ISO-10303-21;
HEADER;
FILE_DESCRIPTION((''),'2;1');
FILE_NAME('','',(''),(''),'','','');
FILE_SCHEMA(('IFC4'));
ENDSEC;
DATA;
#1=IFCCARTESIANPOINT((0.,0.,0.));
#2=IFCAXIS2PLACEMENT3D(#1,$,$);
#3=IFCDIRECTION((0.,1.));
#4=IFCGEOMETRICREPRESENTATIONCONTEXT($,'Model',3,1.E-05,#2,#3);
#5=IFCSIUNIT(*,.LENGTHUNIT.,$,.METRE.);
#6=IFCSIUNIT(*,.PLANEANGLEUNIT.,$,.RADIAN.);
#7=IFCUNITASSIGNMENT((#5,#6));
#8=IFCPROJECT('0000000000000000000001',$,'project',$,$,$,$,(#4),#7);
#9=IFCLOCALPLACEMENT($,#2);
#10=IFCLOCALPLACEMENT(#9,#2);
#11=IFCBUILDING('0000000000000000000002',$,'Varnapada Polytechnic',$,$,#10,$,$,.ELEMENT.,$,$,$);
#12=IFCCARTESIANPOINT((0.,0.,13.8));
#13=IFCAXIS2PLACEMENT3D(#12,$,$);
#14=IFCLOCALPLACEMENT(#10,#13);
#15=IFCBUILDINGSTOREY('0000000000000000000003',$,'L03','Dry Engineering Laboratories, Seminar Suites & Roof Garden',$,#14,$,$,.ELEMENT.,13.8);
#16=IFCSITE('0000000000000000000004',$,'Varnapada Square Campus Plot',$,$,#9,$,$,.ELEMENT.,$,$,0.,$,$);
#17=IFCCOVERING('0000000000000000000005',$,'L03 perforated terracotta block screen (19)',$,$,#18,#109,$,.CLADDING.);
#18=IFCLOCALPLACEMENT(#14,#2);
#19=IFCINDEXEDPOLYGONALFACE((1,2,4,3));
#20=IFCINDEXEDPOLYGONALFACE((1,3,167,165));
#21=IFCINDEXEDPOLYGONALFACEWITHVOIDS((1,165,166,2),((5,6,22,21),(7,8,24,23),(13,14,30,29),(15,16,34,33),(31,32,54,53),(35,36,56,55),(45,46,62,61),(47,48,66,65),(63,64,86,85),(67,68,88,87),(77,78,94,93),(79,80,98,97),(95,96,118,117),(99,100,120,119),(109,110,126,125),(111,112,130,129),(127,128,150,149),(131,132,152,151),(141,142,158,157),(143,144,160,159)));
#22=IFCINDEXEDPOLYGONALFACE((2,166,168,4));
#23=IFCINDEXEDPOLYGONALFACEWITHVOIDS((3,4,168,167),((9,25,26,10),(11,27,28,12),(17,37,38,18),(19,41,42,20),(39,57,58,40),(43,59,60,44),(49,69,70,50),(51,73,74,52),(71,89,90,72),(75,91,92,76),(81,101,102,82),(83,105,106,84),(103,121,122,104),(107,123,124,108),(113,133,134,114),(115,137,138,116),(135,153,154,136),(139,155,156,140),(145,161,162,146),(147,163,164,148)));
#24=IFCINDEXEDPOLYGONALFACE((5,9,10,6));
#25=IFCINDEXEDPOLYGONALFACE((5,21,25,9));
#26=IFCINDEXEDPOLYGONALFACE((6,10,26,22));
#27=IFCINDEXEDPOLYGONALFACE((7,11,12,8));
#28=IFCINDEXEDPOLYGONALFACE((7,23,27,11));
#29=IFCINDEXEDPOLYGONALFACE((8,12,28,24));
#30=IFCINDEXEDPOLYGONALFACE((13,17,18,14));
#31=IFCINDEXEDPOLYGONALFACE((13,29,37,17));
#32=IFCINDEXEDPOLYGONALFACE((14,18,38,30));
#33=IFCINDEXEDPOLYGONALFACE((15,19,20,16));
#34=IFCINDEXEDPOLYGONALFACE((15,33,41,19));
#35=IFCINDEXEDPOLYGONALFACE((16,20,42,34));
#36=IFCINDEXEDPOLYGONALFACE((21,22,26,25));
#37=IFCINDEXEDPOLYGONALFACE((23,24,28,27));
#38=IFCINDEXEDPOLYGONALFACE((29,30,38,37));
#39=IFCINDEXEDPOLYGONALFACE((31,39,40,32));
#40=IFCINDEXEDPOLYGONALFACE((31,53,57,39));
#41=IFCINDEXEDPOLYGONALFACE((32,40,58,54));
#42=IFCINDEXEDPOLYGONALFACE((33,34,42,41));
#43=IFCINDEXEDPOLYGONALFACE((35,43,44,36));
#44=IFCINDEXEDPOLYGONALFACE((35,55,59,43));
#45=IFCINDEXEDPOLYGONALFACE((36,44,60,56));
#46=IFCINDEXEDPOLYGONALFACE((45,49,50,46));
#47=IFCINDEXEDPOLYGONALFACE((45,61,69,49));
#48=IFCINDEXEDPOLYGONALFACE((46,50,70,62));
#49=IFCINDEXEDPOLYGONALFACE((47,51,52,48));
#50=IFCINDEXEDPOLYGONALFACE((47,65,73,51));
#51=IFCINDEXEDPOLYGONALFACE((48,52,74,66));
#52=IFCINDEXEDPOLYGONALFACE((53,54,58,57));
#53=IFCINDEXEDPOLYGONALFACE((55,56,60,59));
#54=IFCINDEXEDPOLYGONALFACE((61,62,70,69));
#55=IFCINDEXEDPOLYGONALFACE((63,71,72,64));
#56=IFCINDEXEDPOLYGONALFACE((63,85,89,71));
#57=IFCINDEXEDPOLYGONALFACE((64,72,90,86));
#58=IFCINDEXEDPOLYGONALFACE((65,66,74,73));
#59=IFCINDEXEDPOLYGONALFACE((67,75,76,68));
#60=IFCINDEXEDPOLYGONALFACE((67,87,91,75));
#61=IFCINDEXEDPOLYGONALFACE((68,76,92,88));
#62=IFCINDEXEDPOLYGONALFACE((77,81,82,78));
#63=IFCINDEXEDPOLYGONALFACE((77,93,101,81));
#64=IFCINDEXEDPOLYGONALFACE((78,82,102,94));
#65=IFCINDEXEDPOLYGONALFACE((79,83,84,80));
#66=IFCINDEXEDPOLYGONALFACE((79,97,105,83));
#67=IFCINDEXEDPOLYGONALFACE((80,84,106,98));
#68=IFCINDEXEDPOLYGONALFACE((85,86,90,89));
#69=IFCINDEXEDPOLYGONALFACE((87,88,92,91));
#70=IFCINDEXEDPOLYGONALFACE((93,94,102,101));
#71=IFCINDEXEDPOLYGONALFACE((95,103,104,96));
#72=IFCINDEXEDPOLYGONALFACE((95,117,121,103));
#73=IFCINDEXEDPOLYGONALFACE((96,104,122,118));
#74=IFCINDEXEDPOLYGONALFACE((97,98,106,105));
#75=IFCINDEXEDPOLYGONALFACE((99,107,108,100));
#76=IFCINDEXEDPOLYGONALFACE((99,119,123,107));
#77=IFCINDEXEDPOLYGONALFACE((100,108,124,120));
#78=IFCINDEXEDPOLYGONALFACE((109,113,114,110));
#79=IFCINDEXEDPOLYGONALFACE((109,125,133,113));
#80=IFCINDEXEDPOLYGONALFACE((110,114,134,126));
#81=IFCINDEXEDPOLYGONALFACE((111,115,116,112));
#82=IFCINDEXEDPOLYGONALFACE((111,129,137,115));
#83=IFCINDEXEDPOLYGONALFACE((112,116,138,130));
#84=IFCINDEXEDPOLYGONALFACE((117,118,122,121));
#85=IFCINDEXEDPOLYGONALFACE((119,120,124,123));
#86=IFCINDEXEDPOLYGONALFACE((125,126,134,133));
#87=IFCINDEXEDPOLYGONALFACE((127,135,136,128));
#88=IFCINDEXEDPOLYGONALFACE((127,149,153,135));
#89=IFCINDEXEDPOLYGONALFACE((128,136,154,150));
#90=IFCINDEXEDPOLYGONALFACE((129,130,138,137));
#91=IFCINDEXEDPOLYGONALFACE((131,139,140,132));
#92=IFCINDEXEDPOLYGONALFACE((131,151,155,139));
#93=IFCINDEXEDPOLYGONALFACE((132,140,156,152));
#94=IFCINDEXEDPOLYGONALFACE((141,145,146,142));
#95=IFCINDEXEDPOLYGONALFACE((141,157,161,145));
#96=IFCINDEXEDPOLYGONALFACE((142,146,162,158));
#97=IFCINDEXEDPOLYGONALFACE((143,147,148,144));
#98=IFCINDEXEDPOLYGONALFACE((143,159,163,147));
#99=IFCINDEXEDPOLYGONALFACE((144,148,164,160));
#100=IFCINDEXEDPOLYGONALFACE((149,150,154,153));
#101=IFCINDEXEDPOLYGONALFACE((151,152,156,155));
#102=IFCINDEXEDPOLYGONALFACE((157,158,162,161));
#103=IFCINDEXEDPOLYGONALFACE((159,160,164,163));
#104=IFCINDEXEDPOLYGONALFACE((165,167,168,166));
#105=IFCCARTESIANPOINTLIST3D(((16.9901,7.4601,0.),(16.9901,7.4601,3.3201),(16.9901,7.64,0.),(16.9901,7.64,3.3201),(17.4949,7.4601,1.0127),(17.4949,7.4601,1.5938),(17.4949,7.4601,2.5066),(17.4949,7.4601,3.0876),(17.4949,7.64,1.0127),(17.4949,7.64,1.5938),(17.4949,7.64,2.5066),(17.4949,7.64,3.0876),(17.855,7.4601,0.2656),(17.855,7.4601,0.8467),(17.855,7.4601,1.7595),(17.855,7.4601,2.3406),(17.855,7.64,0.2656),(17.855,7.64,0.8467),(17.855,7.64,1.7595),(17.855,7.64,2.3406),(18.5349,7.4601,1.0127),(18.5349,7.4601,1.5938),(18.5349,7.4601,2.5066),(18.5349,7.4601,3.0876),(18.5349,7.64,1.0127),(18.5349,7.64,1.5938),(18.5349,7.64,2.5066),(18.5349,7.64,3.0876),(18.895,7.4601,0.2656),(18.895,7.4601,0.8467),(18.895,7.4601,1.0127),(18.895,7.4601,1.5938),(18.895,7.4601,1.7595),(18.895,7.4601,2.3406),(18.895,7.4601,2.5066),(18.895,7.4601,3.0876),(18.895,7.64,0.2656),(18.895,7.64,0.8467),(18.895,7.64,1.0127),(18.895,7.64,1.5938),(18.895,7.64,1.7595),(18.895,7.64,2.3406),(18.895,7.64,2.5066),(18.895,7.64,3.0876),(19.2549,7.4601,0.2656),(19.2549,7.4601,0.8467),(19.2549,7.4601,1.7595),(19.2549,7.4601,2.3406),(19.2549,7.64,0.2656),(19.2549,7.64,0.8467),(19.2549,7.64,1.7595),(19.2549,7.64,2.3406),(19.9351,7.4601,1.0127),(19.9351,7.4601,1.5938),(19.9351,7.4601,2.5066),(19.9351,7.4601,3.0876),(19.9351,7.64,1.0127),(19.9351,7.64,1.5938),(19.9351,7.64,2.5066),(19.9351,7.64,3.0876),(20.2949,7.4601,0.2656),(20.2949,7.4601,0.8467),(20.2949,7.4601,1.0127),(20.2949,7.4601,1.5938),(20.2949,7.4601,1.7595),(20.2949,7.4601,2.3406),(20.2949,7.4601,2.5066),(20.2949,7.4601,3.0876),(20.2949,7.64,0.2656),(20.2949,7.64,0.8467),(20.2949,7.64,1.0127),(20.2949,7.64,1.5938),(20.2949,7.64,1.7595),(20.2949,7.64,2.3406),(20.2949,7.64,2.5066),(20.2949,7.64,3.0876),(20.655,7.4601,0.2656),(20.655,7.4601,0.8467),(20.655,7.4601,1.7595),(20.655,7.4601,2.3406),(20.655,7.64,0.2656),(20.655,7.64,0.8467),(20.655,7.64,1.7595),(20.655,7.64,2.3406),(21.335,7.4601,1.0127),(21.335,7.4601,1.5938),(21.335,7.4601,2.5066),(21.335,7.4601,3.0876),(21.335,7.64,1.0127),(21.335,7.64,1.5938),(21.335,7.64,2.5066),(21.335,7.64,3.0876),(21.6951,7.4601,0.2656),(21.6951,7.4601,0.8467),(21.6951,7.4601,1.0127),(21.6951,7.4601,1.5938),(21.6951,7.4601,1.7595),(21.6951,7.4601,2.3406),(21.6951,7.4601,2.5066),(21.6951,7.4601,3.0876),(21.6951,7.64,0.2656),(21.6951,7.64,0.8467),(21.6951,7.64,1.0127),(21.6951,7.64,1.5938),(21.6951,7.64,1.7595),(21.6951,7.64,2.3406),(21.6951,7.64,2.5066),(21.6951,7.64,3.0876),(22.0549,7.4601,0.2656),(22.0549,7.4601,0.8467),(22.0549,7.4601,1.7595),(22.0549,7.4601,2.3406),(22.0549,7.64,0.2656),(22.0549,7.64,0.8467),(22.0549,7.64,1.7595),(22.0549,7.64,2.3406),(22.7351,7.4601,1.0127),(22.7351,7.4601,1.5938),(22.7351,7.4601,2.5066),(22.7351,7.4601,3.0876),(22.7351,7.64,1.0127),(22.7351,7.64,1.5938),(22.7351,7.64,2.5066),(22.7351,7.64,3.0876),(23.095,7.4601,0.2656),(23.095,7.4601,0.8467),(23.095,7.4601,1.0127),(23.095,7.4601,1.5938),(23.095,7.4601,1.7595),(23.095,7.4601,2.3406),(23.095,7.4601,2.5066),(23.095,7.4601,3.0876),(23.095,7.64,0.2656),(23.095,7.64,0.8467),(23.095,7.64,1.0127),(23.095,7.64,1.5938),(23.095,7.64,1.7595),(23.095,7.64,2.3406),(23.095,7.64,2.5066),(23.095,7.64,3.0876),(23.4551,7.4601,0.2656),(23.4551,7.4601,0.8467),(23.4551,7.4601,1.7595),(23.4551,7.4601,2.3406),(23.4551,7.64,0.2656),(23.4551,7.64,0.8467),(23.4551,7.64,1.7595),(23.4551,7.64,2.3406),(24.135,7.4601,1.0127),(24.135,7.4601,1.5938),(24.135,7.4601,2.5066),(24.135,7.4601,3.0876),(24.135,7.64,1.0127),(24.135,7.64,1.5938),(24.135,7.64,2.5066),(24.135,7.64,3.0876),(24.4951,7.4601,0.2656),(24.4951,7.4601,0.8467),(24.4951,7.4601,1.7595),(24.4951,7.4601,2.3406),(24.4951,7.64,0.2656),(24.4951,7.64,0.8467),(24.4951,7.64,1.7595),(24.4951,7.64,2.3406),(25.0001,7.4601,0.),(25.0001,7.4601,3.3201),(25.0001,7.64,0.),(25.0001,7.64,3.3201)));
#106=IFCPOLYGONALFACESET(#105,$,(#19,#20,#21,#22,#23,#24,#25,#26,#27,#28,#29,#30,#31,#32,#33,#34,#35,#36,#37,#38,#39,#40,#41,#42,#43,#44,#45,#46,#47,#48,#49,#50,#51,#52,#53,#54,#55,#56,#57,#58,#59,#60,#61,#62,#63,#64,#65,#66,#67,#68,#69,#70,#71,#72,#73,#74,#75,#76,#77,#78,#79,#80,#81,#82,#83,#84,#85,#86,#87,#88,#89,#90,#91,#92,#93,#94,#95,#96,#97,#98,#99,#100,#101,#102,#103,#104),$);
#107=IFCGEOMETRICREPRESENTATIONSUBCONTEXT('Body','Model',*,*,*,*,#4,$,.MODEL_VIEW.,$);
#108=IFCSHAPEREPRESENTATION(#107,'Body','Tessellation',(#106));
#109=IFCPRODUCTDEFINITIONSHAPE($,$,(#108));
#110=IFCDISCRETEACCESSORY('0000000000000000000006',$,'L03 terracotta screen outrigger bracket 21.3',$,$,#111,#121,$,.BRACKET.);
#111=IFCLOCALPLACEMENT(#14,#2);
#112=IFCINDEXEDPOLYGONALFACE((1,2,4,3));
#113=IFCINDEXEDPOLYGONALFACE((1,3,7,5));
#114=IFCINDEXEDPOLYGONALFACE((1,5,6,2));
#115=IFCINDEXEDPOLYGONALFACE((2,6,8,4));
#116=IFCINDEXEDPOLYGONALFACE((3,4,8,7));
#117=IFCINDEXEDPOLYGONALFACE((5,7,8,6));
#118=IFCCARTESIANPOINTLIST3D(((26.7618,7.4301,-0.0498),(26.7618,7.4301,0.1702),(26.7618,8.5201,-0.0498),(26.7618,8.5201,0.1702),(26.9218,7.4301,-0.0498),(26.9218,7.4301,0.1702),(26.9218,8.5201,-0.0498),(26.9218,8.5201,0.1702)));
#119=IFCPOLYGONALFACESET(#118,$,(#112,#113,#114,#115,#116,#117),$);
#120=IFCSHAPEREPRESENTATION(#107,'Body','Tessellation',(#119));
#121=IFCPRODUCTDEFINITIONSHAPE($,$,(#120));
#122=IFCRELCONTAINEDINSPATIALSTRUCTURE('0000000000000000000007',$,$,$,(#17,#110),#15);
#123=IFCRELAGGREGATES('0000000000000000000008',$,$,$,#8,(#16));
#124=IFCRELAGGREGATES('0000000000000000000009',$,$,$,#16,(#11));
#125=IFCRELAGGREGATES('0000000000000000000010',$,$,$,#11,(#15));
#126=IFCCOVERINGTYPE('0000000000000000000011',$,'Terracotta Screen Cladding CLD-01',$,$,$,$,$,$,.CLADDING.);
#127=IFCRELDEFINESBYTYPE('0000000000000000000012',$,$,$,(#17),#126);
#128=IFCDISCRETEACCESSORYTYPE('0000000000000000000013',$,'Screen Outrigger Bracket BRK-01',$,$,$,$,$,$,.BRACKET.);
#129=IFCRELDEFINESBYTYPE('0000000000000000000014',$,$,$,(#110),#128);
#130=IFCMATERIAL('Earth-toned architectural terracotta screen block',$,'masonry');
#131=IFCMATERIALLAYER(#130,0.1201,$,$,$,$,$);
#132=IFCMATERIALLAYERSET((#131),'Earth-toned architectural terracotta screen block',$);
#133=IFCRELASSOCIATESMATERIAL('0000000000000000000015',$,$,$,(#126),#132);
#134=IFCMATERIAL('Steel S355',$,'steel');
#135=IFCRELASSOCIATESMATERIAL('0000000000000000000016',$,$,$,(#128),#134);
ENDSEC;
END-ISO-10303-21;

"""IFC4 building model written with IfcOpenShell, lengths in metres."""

from ifc_helpers import new_model, si_unit, direction, frame, frame_2d, origin, origin_2d, place, context, subcontext, project, spatial, rectangle, extrude, material, layer, layer_set, type_object, element, save


model = new_model("IFC4")

# Units and contexts
model_context = context("Model", 3, precision=1e-05, world=origin(), true_north=direction((0.0, 1.0)))
body_context = subcontext(model_context, "Body", "Model", "MODEL_VIEW")
ifc_project = project(units=[si_unit("LENGTHUNIT", "METRE"), si_unit("PLANEANGLEUNIT", "RADIAN")], contexts=[model_context])

# Site, building, storey
site_placement = place(None, origin())
site = spatial("IfcSite", under=ifc_project, at=site_placement, Name="Varnapada Square Campus Plot", CompositionType="ELEMENT", RefElevation=0.0)
building_placement = place(site_placement, origin())
building = spatial("IfcBuilding", under=site, at=building_placement, Name="Varnapada Polytechnic", CompositionType="ELEMENT")
storey_placement = place(building_placement, frame((0.0, 0.0, 13.8)))
storey = spatial("IfcBuildingStorey", under=building, at=storey_placement, Name="L03", Description="Dry Engineering Laboratories, Seminar Suites & Roof Garden", CompositionType="ELEMENT", Elevation=13.8)

# Covering, openings
ifc_material_1 = material(Name="Earth-toned architectural terracotta screen block", Category="masonry")
ifc_layer_1 = layer(ifc_material_1, 0.1201)
ifc_layer_set_1 = layer_set([ifc_layer_1], Name="Earth-toned architectural terracotta screen block")
covering_type = type_object("IfcCoveringType", Name="Terracotta Screen Cladding CLD-01", PredefinedType="CLADDING", material=ifc_layer_set_1)
covering_placement = place(storey_placement, frame((25.0, 7.55, 0.0), z_axis=(0.0, 0.0, 1.0), x_axis=(-1.0, 0.0, 0.0)))
covering = element("IfcCovering", 1, at=covering_placement, inside=storey, type_object=covering_type, Name="L03 perforated terracotta block screen (19)", PredefinedType="CLADDING", context=body_context, shape_type="SweptSolid", body=[
    extrude(rectangle(XDim=8.01, YDim=0.1799, at=frame_2d((4.0049, 0.0))), origin(), (0.0, 0.0, 1.0), 3.3201),
])
opening_1_placement = place(covering_placement, frame((0.5049, 0.0, 0.2656)))
element("IfcOpeningElement", 2, at=opening_1_placement, cuts=covering, PredefinedType="OPENING", context=body_context, shape_type="SweptSolid", body=[
    extrude(rectangle(XDim=1.04, YDim=0.5811, at=frame_2d((0.52, 0.2905))), frame((0.0, 0.0999, 0.0), z_axis=(0.0, -1.0, 0.0), x_axis=(1.0, 0.0, 0.0)), (0.0, 0.0, 1.0), 0.2),
])
opening_2_placement = place(covering_placement, frame((1.905, 0.0, 0.2656)))
element("IfcOpeningElement", 3, at=opening_2_placement, cuts=covering, PredefinedType="OPENING", context=body_context, shape_type="SweptSolid", body=[
    extrude(rectangle(XDim=1.04, YDim=0.5811, at=frame_2d((0.52, 0.2905))), frame((0.0, 0.0999, 0.0), z_axis=(0.0, -1.0, 0.0), x_axis=(1.0, 0.0, 0.0)), (0.0, 0.0, 1.0), 0.2),
])
opening_3_placement = place(covering_placement, frame((3.3049, 0.0, 0.2656)))
element("IfcOpeningElement", 4, at=opening_3_placement, cuts=covering, PredefinedType="OPENING", context=body_context, shape_type="SweptSolid", body=[
    extrude(rectangle(XDim=1.04, YDim=0.5811, at=frame_2d((0.52, 0.2905))), frame((0.0, 0.0999, 0.0), z_axis=(0.0, -1.0, 0.0), x_axis=(1.0, 0.0, 0.0)), (0.0, 0.0, 1.0), 0.2),
])
opening_4_placement = place(covering_placement, frame((4.7051, 0.0, 0.2656)))
element("IfcOpeningElement", 5, at=opening_4_placement, cuts=covering, PredefinedType="OPENING", context=body_context, shape_type="SweptSolid", body=[
    extrude(rectangle(XDim=1.04, YDim=0.5811, at=frame_2d((0.52, 0.2905))), frame((0.0, 0.0999, 0.0), z_axis=(0.0, -1.0, 0.0), x_axis=(1.0, 0.0, 0.0)), (0.0, 0.0, 1.0), 0.2),
])
opening_5_placement = place(covering_placement, frame((6.105, 0.0, 0.2656)))
element("IfcOpeningElement", 6, at=opening_5_placement, cuts=covering, PredefinedType="OPENING", context=body_context, shape_type="SweptSolid", body=[
    extrude(rectangle(XDim=1.04, YDim=0.5811, at=frame_2d((0.52, 0.2905))), frame((0.0, 0.0999, 0.0), z_axis=(0.0, -1.0, 0.0), x_axis=(1.0, 0.0, 0.0)), (0.0, 0.0, 1.0), 0.2),
])
opening_6_placement = place(covering_placement, frame((0.865, 0.0, 1.0127)))
element("IfcOpeningElement", 7, at=opening_6_placement, cuts=covering, PredefinedType="OPENING", context=body_context, shape_type="SweptSolid", body=[
    extrude(rectangle(XDim=1.04, YDim=0.5811, at=frame_2d((0.52, 0.2905))), frame((0.0, 0.0999, 0.0), z_axis=(0.0, -1.0, 0.0), x_axis=(1.0, 0.0, 0.0)), (0.0, 0.0, 1.0), 0.2),
])
opening_7_placement = place(covering_placement, frame((2.2649, 0.0, 1.0127)))
element("IfcOpeningElement", 8, at=opening_7_placement, cuts=covering, PredefinedType="OPENING", context=body_context, shape_type="SweptSolid", body=[
    extrude(rectangle(XDim=1.04, YDim=0.5811, at=frame_2d((0.52, 0.2905))), frame((0.0, 0.0999, 0.0), z_axis=(0.0, -1.0, 0.0), x_axis=(1.0, 0.0, 0.0)), (0.0, 0.0, 1.0), 0.2),
])
opening_8_placement = place(covering_placement, frame((3.665, 0.0, 1.0127)))
element("IfcOpeningElement", 9, at=opening_8_placement, cuts=covering, PredefinedType="OPENING", context=body_context, shape_type="SweptSolid", body=[
    extrude(rectangle(XDim=1.04, YDim=0.5811, at=frame_2d((0.52, 0.2905))), frame((0.0, 0.0999, 0.0), z_axis=(0.0, -1.0, 0.0), x_axis=(1.0, 0.0, 0.0)), (0.0, 0.0, 1.0), 0.2),
])
opening_9_placement = place(covering_placement, frame((5.0649, 0.0, 1.0127)))
element("IfcOpeningElement", 10, at=opening_9_placement, cuts=covering, PredefinedType="OPENING", context=body_context, shape_type="SweptSolid", body=[
    extrude(rectangle(XDim=1.04, YDim=0.5811, at=frame_2d((0.52, 0.2905))), frame((0.0, 0.0999, 0.0), z_axis=(0.0, -1.0, 0.0), x_axis=(1.0, 0.0, 0.0)), (0.0, 0.0, 1.0), 0.2),
])
opening_10_placement = place(covering_placement, frame((6.4651, 0.0, 1.0127)))
element("IfcOpeningElement", 11, at=opening_10_placement, cuts=covering, PredefinedType="OPENING", context=body_context, shape_type="SweptSolid", body=[
    extrude(rectangle(XDim=1.04, YDim=0.5811, at=frame_2d((0.52, 0.2905))), frame((0.0, 0.0999, 0.0), z_axis=(0.0, -1.0, 0.0), x_axis=(1.0, 0.0, 0.0)), (0.0, 0.0, 1.0), 0.2),
])
opening_11_placement = place(covering_placement, frame((0.5049, 0.0, 1.7595)))
element("IfcOpeningElement", 12, at=opening_11_placement, cuts=covering, PredefinedType="OPENING", context=body_context, shape_type="SweptSolid", body=[
    extrude(rectangle(XDim=1.04, YDim=0.5811, at=frame_2d((0.52, 0.2905))), frame((0.0, 0.0999, 0.0), z_axis=(0.0, -1.0, 0.0), x_axis=(1.0, 0.0, 0.0)), (0.0, 0.0, 1.0), 0.2),
])
opening_12_placement = place(covering_placement, frame((1.905, 0.0, 1.7595)))
element("IfcOpeningElement", 13, at=opening_12_placement, cuts=covering, PredefinedType="OPENING", context=body_context, shape_type="SweptSolid", body=[
    extrude(rectangle(XDim=1.04, YDim=0.5811, at=frame_2d((0.52, 0.2905))), frame((0.0, 0.0999, 0.0), z_axis=(0.0, -1.0, 0.0), x_axis=(1.0, 0.0, 0.0)), (0.0, 0.0, 1.0), 0.2),
])
opening_13_placement = place(covering_placement, frame((3.3049, 0.0, 1.7595)))
element("IfcOpeningElement", 14, at=opening_13_placement, cuts=covering, PredefinedType="OPENING", context=body_context, shape_type="SweptSolid", body=[
    extrude(rectangle(XDim=1.04, YDim=0.5811, at=frame_2d((0.52, 0.2905))), frame((0.0, 0.0999, 0.0), z_axis=(0.0, -1.0, 0.0), x_axis=(1.0, 0.0, 0.0)), (0.0, 0.0, 1.0), 0.2),
])
opening_14_placement = place(covering_placement, frame((4.7051, 0.0, 1.7595)))
element("IfcOpeningElement", 15, at=opening_14_placement, cuts=covering, PredefinedType="OPENING", context=body_context, shape_type="SweptSolid", body=[
    extrude(rectangle(XDim=1.04, YDim=0.5811, at=frame_2d((0.52, 0.2905))), frame((0.0, 0.0999, 0.0), z_axis=(0.0, -1.0, 0.0), x_axis=(1.0, 0.0, 0.0)), (0.0, 0.0, 1.0), 0.2),
])
opening_15_placement = place(covering_placement, frame((6.105, 0.0, 1.7595)))
element("IfcOpeningElement", 16, at=opening_15_placement, cuts=covering, PredefinedType="OPENING", context=body_context, shape_type="SweptSolid", body=[
    extrude(rectangle(XDim=1.04, YDim=0.5811, at=frame_2d((0.52, 0.2905))), frame((0.0, 0.0999, 0.0), z_axis=(0.0, -1.0, 0.0), x_axis=(1.0, 0.0, 0.0)), (0.0, 0.0, 1.0), 0.2),
])
opening_16_placement = place(covering_placement, frame((0.865, 0.0, 2.5066)))
element("IfcOpeningElement", 17, at=opening_16_placement, cuts=covering, PredefinedType="OPENING", context=body_context, shape_type="SweptSolid", body=[
    extrude(rectangle(XDim=1.04, YDim=0.5811, at=frame_2d((0.52, 0.2905))), frame((0.0, 0.0999, 0.0), z_axis=(0.0, -1.0, 0.0), x_axis=(1.0, 0.0, 0.0)), (0.0, 0.0, 1.0), 0.2),
])
opening_17_placement = place(covering_placement, frame((2.2649, 0.0, 2.5066)))
element("IfcOpeningElement", 18, at=opening_17_placement, cuts=covering, PredefinedType="OPENING", context=body_context, shape_type="SweptSolid", body=[
    extrude(rectangle(XDim=1.04, YDim=0.5811, at=frame_2d((0.52, 0.2905))), frame((0.0, 0.0999, 0.0), z_axis=(0.0, -1.0, 0.0), x_axis=(1.0, 0.0, 0.0)), (0.0, 0.0, 1.0), 0.2),
])
opening_18_placement = place(covering_placement, frame((3.665, 0.0, 2.5066)))
element("IfcOpeningElement", 19, at=opening_18_placement, cuts=covering, PredefinedType="OPENING", context=body_context, shape_type="SweptSolid", body=[
    extrude(rectangle(XDim=1.04, YDim=0.5811, at=frame_2d((0.52, 0.2905))), frame((0.0, 0.0999, 0.0), z_axis=(0.0, -1.0, 0.0), x_axis=(1.0, 0.0, 0.0)), (0.0, 0.0, 1.0), 0.2),
])
opening_19_placement = place(covering_placement, frame((5.0649, 0.0, 2.5066)))
element("IfcOpeningElement", 20, at=opening_19_placement, cuts=covering, PredefinedType="OPENING", context=body_context, shape_type="SweptSolid", body=[
    extrude(rectangle(XDim=1.04, YDim=0.5811, at=frame_2d((0.52, 0.2905))), frame((0.0, 0.0999, 0.0), z_axis=(0.0, -1.0, 0.0), x_axis=(1.0, 0.0, 0.0)), (0.0, 0.0, 1.0), 0.2),
])
opening_20_placement = place(covering_placement, frame((6.4651, 0.0, 2.5066)))
element("IfcOpeningElement", 21, at=opening_20_placement, cuts=covering, PredefinedType="OPENING", context=body_context, shape_type="SweptSolid", body=[
    extrude(rectangle(XDim=1.04, YDim=0.5811, at=frame_2d((0.52, 0.2905))), frame((0.0, 0.0999, 0.0), z_axis=(0.0, -1.0, 0.0), x_axis=(1.0, 0.0, 0.0)), (0.0, 0.0, 1.0), 0.2),
])

# Discrete accessory
ifc_material_2 = material(Name="Steel S355", Category="steel")
discrete_accessory_type = type_object("IfcDiscreteAccessoryType", Name="Screen Outrigger Bracket BRK-01", PredefinedType="BRACKET", material=ifc_material_2)
discrete_accessory_placement = place(storey_placement, frame((26.8418, 7.9751, -0.0498), z_axis=(0.0, 0.0, 1.0), x_axis=(-1.0, 0.0, 0.0)))
element("IfcDiscreteAccessory", 22, at=discrete_accessory_placement, inside=storey, type_object=discrete_accessory_type, Name="L03 terracotta screen outrigger bracket 21.3", PredefinedType="BRACKET", context=body_context, shape_type="SweptSolid", body=[
    extrude(rectangle(XDim=0.1599, YDim=1.0901, at=origin_2d()), origin(), (0.0, 0.0, 1.0), 0.22),
])

save(model, "model.ifc")
